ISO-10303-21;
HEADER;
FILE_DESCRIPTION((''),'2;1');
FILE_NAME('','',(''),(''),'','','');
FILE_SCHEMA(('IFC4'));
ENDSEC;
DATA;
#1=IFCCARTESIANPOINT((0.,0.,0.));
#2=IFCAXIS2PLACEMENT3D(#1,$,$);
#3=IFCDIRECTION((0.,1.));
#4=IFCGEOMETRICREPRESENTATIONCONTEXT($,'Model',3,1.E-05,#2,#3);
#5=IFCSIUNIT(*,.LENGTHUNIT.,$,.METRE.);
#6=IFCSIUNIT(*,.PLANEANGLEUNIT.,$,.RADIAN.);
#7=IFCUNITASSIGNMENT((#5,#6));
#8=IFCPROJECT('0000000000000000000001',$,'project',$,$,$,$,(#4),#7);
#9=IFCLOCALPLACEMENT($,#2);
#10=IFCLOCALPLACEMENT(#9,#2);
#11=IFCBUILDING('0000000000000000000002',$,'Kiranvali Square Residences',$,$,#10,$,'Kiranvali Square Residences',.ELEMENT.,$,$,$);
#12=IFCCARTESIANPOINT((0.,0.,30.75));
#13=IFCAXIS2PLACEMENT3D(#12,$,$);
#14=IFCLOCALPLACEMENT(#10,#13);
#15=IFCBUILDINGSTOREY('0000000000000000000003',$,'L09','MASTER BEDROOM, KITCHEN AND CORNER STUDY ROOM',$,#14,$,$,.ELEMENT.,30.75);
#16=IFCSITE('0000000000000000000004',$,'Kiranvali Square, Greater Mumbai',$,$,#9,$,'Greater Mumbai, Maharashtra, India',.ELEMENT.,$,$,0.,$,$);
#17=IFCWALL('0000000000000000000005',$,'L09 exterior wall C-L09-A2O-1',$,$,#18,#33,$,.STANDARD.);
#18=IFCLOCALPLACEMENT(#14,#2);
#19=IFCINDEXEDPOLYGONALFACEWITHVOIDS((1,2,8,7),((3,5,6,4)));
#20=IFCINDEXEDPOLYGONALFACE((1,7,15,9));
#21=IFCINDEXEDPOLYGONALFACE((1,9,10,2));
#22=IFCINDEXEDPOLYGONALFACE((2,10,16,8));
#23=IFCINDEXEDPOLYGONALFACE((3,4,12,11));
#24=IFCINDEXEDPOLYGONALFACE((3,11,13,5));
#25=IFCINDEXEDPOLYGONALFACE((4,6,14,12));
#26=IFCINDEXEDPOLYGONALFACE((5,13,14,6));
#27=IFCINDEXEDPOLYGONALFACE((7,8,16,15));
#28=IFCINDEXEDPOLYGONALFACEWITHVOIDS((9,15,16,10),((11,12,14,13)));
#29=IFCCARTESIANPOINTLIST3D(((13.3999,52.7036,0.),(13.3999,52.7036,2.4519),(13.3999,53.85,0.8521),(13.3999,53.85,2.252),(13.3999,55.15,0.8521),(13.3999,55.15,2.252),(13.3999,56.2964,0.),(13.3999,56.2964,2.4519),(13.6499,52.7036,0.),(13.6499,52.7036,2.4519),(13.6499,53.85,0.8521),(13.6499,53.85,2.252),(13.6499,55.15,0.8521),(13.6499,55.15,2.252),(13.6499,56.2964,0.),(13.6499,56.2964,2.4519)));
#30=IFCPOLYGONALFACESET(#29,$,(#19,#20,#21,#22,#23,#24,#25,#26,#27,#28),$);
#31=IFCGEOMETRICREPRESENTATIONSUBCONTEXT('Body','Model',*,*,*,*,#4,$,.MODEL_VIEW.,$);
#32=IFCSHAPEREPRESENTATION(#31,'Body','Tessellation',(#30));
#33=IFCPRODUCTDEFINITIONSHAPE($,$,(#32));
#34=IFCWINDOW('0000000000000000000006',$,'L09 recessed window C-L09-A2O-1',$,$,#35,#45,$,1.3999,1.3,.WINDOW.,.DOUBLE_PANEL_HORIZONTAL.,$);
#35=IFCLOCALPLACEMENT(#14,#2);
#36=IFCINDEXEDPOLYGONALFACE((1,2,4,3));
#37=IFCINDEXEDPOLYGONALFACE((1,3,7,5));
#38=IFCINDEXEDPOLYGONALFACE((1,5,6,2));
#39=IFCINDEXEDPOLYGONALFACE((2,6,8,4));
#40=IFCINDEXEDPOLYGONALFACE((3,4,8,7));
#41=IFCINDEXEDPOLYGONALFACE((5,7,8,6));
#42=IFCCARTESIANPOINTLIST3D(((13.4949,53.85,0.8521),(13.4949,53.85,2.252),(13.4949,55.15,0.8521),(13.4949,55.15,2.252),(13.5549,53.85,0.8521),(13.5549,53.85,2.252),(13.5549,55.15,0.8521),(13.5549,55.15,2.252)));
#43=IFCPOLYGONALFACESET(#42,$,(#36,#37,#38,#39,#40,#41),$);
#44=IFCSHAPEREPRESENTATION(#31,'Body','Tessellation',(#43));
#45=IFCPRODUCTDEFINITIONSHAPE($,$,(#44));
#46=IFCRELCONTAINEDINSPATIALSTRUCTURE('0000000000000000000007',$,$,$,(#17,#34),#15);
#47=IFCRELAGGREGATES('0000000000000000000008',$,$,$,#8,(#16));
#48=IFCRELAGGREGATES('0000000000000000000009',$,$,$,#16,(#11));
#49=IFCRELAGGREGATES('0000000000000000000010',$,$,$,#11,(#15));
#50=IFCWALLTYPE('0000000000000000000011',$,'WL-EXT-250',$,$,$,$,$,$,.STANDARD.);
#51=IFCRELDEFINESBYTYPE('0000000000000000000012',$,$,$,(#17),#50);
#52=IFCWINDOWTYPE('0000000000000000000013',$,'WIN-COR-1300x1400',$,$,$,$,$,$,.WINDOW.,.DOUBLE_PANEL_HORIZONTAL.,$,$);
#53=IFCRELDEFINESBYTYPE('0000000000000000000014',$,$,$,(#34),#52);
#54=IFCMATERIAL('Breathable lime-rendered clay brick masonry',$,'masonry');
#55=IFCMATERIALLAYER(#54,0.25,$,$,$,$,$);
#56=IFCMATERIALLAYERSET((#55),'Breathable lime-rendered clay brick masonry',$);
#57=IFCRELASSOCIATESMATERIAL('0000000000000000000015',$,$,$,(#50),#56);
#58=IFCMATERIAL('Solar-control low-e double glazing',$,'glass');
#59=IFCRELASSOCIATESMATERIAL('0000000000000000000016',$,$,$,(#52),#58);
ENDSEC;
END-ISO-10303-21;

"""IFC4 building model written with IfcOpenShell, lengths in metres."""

from ifc_helpers import new_model, si_unit, direction, frame, frame_2d, origin, place, context, subcontext, project, spatial, rectangle, extrude, material, layer, layer_set, type_object, element, fill, save


model = new_model("IFC4")

# Units and contexts
model_context = context("Model", 3, precision=1e-05, world=origin(), true_north=direction((0.0, 1.0)))
body_context = subcontext(model_context, "Body", "Model", "MODEL_VIEW")
ifc_project = project(units=[si_unit("LENGTHUNIT", "METRE"), si_unit("PLANEANGLEUNIT", "RADIAN")], contexts=[model_context])

# Site, building, storey
site_placement = place(None, origin())
site = spatial("IfcSite", under=ifc_project, at=site_placement, Name="Kiranvali Square, Greater Mumbai", LongName="Greater Mumbai, Maharashtra, India", CompositionType="ELEMENT", RefElevation=0.0)
building_placement = place(site_placement, origin())
building = spatial("IfcBuilding", under=site, at=building_placement, Name="Kiranvali Square Residences", LongName="Kiranvali Square Residences", CompositionType="ELEMENT")
storey_placement = place(building_placement, frame((0.0, 0.0, 30.75)))
storey = spatial("IfcBuildingStorey", under=building, at=storey_placement, Name="L09", Description="MASTER BEDROOM, KITCHEN AND CORNER STUDY ROOM", CompositionType="ELEMENT", Elevation=30.75)

# Wall, opening, window
ifc_material_1 = material(Name="Breathable lime-rendered clay brick masonry", Category="masonry")
ifc_layer_1 = layer(ifc_material_1, 0.25)
ifc_layer_set_1 = layer_set([ifc_layer_1], Name="Breathable lime-rendered clay brick masonry")
wall_type_1 = type_object("IfcWallType", Name="WL-EXT-250", PredefinedType="STANDARD", material=ifc_layer_set_1)
ifc_material_2 = material(Name="Solar-control low-e double glazing", Category="glass")
window_type = type_object("IfcWindowType", Name="WIN-COR-1300x1400", PartitioningType="DOUBLE_PANEL_HORIZONTAL", PredefinedType="WINDOW", material=ifc_material_2)
wall_1_placement = place(storey_placement, frame((13.5249, 52.7036, 0.0), z_axis=(0.0, 0.0, 1.0), x_axis=(0.0, 1.0, 0.0)))
wall_1 = element("IfcWall", 1, at=wall_1_placement, inside=storey, type_object=wall_type_1, Name="L09 exterior wall C-L09-A2O-1", PredefinedType="STANDARD", context=body_context, shape_type="SweptSolid", body=[
    extrude(rectangle(XDim=3.5928, YDim=0.25, at=frame_2d((1.7964, 0.0))), origin(), (0.0, 0.0, 1.0), 2.4519),
])
opening_1_placement = place(wall_1_placement, frame((1.1465, 0.0, 0.8521)))
opening_1 = element("IfcOpeningElement", 2, at=opening_1_placement, cuts=wall_1, PredefinedType="OPENING", context=body_context, shape_type="SweptSolid", body=[
    extrude(rectangle(XDim=1.3, YDim=1.3999, at=frame_2d((0.6499, 0.7))), frame((0.0, 0.135, 0.0), z_axis=(0.0, -1.0, 0.0), x_axis=(1.0, 0.0, 0.0)), (0.0, 0.0, 1.0), 0.27),
])
window_1_placement = place(opening_1_placement, origin())
window_1 = element("IfcWindow", 3, at=window_1_placement, inside=storey, type_object=window_type, Name="L09 recessed window C-L09-A2O-1", OverallHeight=1.3999, OverallWidth=1.3, PartitioningType="DOUBLE_PANEL_HORIZONTAL", PredefinedType="WINDOW", context=body_context, shape_type="SweptSolid", body=[
    extrude(rectangle(XDim=1.3, YDim=1.3999, at=frame_2d((0.6499, 0.7))), frame((0.0, 0.03, 0.0), z_axis=(0.0, -1.0, 0.0), x_axis=(1.0, 0.0, 0.0)), (0.0, 0.0, 1.0), 0.0601),
])
fill(opening_1, window_1)

save(model, "model.ifc")
